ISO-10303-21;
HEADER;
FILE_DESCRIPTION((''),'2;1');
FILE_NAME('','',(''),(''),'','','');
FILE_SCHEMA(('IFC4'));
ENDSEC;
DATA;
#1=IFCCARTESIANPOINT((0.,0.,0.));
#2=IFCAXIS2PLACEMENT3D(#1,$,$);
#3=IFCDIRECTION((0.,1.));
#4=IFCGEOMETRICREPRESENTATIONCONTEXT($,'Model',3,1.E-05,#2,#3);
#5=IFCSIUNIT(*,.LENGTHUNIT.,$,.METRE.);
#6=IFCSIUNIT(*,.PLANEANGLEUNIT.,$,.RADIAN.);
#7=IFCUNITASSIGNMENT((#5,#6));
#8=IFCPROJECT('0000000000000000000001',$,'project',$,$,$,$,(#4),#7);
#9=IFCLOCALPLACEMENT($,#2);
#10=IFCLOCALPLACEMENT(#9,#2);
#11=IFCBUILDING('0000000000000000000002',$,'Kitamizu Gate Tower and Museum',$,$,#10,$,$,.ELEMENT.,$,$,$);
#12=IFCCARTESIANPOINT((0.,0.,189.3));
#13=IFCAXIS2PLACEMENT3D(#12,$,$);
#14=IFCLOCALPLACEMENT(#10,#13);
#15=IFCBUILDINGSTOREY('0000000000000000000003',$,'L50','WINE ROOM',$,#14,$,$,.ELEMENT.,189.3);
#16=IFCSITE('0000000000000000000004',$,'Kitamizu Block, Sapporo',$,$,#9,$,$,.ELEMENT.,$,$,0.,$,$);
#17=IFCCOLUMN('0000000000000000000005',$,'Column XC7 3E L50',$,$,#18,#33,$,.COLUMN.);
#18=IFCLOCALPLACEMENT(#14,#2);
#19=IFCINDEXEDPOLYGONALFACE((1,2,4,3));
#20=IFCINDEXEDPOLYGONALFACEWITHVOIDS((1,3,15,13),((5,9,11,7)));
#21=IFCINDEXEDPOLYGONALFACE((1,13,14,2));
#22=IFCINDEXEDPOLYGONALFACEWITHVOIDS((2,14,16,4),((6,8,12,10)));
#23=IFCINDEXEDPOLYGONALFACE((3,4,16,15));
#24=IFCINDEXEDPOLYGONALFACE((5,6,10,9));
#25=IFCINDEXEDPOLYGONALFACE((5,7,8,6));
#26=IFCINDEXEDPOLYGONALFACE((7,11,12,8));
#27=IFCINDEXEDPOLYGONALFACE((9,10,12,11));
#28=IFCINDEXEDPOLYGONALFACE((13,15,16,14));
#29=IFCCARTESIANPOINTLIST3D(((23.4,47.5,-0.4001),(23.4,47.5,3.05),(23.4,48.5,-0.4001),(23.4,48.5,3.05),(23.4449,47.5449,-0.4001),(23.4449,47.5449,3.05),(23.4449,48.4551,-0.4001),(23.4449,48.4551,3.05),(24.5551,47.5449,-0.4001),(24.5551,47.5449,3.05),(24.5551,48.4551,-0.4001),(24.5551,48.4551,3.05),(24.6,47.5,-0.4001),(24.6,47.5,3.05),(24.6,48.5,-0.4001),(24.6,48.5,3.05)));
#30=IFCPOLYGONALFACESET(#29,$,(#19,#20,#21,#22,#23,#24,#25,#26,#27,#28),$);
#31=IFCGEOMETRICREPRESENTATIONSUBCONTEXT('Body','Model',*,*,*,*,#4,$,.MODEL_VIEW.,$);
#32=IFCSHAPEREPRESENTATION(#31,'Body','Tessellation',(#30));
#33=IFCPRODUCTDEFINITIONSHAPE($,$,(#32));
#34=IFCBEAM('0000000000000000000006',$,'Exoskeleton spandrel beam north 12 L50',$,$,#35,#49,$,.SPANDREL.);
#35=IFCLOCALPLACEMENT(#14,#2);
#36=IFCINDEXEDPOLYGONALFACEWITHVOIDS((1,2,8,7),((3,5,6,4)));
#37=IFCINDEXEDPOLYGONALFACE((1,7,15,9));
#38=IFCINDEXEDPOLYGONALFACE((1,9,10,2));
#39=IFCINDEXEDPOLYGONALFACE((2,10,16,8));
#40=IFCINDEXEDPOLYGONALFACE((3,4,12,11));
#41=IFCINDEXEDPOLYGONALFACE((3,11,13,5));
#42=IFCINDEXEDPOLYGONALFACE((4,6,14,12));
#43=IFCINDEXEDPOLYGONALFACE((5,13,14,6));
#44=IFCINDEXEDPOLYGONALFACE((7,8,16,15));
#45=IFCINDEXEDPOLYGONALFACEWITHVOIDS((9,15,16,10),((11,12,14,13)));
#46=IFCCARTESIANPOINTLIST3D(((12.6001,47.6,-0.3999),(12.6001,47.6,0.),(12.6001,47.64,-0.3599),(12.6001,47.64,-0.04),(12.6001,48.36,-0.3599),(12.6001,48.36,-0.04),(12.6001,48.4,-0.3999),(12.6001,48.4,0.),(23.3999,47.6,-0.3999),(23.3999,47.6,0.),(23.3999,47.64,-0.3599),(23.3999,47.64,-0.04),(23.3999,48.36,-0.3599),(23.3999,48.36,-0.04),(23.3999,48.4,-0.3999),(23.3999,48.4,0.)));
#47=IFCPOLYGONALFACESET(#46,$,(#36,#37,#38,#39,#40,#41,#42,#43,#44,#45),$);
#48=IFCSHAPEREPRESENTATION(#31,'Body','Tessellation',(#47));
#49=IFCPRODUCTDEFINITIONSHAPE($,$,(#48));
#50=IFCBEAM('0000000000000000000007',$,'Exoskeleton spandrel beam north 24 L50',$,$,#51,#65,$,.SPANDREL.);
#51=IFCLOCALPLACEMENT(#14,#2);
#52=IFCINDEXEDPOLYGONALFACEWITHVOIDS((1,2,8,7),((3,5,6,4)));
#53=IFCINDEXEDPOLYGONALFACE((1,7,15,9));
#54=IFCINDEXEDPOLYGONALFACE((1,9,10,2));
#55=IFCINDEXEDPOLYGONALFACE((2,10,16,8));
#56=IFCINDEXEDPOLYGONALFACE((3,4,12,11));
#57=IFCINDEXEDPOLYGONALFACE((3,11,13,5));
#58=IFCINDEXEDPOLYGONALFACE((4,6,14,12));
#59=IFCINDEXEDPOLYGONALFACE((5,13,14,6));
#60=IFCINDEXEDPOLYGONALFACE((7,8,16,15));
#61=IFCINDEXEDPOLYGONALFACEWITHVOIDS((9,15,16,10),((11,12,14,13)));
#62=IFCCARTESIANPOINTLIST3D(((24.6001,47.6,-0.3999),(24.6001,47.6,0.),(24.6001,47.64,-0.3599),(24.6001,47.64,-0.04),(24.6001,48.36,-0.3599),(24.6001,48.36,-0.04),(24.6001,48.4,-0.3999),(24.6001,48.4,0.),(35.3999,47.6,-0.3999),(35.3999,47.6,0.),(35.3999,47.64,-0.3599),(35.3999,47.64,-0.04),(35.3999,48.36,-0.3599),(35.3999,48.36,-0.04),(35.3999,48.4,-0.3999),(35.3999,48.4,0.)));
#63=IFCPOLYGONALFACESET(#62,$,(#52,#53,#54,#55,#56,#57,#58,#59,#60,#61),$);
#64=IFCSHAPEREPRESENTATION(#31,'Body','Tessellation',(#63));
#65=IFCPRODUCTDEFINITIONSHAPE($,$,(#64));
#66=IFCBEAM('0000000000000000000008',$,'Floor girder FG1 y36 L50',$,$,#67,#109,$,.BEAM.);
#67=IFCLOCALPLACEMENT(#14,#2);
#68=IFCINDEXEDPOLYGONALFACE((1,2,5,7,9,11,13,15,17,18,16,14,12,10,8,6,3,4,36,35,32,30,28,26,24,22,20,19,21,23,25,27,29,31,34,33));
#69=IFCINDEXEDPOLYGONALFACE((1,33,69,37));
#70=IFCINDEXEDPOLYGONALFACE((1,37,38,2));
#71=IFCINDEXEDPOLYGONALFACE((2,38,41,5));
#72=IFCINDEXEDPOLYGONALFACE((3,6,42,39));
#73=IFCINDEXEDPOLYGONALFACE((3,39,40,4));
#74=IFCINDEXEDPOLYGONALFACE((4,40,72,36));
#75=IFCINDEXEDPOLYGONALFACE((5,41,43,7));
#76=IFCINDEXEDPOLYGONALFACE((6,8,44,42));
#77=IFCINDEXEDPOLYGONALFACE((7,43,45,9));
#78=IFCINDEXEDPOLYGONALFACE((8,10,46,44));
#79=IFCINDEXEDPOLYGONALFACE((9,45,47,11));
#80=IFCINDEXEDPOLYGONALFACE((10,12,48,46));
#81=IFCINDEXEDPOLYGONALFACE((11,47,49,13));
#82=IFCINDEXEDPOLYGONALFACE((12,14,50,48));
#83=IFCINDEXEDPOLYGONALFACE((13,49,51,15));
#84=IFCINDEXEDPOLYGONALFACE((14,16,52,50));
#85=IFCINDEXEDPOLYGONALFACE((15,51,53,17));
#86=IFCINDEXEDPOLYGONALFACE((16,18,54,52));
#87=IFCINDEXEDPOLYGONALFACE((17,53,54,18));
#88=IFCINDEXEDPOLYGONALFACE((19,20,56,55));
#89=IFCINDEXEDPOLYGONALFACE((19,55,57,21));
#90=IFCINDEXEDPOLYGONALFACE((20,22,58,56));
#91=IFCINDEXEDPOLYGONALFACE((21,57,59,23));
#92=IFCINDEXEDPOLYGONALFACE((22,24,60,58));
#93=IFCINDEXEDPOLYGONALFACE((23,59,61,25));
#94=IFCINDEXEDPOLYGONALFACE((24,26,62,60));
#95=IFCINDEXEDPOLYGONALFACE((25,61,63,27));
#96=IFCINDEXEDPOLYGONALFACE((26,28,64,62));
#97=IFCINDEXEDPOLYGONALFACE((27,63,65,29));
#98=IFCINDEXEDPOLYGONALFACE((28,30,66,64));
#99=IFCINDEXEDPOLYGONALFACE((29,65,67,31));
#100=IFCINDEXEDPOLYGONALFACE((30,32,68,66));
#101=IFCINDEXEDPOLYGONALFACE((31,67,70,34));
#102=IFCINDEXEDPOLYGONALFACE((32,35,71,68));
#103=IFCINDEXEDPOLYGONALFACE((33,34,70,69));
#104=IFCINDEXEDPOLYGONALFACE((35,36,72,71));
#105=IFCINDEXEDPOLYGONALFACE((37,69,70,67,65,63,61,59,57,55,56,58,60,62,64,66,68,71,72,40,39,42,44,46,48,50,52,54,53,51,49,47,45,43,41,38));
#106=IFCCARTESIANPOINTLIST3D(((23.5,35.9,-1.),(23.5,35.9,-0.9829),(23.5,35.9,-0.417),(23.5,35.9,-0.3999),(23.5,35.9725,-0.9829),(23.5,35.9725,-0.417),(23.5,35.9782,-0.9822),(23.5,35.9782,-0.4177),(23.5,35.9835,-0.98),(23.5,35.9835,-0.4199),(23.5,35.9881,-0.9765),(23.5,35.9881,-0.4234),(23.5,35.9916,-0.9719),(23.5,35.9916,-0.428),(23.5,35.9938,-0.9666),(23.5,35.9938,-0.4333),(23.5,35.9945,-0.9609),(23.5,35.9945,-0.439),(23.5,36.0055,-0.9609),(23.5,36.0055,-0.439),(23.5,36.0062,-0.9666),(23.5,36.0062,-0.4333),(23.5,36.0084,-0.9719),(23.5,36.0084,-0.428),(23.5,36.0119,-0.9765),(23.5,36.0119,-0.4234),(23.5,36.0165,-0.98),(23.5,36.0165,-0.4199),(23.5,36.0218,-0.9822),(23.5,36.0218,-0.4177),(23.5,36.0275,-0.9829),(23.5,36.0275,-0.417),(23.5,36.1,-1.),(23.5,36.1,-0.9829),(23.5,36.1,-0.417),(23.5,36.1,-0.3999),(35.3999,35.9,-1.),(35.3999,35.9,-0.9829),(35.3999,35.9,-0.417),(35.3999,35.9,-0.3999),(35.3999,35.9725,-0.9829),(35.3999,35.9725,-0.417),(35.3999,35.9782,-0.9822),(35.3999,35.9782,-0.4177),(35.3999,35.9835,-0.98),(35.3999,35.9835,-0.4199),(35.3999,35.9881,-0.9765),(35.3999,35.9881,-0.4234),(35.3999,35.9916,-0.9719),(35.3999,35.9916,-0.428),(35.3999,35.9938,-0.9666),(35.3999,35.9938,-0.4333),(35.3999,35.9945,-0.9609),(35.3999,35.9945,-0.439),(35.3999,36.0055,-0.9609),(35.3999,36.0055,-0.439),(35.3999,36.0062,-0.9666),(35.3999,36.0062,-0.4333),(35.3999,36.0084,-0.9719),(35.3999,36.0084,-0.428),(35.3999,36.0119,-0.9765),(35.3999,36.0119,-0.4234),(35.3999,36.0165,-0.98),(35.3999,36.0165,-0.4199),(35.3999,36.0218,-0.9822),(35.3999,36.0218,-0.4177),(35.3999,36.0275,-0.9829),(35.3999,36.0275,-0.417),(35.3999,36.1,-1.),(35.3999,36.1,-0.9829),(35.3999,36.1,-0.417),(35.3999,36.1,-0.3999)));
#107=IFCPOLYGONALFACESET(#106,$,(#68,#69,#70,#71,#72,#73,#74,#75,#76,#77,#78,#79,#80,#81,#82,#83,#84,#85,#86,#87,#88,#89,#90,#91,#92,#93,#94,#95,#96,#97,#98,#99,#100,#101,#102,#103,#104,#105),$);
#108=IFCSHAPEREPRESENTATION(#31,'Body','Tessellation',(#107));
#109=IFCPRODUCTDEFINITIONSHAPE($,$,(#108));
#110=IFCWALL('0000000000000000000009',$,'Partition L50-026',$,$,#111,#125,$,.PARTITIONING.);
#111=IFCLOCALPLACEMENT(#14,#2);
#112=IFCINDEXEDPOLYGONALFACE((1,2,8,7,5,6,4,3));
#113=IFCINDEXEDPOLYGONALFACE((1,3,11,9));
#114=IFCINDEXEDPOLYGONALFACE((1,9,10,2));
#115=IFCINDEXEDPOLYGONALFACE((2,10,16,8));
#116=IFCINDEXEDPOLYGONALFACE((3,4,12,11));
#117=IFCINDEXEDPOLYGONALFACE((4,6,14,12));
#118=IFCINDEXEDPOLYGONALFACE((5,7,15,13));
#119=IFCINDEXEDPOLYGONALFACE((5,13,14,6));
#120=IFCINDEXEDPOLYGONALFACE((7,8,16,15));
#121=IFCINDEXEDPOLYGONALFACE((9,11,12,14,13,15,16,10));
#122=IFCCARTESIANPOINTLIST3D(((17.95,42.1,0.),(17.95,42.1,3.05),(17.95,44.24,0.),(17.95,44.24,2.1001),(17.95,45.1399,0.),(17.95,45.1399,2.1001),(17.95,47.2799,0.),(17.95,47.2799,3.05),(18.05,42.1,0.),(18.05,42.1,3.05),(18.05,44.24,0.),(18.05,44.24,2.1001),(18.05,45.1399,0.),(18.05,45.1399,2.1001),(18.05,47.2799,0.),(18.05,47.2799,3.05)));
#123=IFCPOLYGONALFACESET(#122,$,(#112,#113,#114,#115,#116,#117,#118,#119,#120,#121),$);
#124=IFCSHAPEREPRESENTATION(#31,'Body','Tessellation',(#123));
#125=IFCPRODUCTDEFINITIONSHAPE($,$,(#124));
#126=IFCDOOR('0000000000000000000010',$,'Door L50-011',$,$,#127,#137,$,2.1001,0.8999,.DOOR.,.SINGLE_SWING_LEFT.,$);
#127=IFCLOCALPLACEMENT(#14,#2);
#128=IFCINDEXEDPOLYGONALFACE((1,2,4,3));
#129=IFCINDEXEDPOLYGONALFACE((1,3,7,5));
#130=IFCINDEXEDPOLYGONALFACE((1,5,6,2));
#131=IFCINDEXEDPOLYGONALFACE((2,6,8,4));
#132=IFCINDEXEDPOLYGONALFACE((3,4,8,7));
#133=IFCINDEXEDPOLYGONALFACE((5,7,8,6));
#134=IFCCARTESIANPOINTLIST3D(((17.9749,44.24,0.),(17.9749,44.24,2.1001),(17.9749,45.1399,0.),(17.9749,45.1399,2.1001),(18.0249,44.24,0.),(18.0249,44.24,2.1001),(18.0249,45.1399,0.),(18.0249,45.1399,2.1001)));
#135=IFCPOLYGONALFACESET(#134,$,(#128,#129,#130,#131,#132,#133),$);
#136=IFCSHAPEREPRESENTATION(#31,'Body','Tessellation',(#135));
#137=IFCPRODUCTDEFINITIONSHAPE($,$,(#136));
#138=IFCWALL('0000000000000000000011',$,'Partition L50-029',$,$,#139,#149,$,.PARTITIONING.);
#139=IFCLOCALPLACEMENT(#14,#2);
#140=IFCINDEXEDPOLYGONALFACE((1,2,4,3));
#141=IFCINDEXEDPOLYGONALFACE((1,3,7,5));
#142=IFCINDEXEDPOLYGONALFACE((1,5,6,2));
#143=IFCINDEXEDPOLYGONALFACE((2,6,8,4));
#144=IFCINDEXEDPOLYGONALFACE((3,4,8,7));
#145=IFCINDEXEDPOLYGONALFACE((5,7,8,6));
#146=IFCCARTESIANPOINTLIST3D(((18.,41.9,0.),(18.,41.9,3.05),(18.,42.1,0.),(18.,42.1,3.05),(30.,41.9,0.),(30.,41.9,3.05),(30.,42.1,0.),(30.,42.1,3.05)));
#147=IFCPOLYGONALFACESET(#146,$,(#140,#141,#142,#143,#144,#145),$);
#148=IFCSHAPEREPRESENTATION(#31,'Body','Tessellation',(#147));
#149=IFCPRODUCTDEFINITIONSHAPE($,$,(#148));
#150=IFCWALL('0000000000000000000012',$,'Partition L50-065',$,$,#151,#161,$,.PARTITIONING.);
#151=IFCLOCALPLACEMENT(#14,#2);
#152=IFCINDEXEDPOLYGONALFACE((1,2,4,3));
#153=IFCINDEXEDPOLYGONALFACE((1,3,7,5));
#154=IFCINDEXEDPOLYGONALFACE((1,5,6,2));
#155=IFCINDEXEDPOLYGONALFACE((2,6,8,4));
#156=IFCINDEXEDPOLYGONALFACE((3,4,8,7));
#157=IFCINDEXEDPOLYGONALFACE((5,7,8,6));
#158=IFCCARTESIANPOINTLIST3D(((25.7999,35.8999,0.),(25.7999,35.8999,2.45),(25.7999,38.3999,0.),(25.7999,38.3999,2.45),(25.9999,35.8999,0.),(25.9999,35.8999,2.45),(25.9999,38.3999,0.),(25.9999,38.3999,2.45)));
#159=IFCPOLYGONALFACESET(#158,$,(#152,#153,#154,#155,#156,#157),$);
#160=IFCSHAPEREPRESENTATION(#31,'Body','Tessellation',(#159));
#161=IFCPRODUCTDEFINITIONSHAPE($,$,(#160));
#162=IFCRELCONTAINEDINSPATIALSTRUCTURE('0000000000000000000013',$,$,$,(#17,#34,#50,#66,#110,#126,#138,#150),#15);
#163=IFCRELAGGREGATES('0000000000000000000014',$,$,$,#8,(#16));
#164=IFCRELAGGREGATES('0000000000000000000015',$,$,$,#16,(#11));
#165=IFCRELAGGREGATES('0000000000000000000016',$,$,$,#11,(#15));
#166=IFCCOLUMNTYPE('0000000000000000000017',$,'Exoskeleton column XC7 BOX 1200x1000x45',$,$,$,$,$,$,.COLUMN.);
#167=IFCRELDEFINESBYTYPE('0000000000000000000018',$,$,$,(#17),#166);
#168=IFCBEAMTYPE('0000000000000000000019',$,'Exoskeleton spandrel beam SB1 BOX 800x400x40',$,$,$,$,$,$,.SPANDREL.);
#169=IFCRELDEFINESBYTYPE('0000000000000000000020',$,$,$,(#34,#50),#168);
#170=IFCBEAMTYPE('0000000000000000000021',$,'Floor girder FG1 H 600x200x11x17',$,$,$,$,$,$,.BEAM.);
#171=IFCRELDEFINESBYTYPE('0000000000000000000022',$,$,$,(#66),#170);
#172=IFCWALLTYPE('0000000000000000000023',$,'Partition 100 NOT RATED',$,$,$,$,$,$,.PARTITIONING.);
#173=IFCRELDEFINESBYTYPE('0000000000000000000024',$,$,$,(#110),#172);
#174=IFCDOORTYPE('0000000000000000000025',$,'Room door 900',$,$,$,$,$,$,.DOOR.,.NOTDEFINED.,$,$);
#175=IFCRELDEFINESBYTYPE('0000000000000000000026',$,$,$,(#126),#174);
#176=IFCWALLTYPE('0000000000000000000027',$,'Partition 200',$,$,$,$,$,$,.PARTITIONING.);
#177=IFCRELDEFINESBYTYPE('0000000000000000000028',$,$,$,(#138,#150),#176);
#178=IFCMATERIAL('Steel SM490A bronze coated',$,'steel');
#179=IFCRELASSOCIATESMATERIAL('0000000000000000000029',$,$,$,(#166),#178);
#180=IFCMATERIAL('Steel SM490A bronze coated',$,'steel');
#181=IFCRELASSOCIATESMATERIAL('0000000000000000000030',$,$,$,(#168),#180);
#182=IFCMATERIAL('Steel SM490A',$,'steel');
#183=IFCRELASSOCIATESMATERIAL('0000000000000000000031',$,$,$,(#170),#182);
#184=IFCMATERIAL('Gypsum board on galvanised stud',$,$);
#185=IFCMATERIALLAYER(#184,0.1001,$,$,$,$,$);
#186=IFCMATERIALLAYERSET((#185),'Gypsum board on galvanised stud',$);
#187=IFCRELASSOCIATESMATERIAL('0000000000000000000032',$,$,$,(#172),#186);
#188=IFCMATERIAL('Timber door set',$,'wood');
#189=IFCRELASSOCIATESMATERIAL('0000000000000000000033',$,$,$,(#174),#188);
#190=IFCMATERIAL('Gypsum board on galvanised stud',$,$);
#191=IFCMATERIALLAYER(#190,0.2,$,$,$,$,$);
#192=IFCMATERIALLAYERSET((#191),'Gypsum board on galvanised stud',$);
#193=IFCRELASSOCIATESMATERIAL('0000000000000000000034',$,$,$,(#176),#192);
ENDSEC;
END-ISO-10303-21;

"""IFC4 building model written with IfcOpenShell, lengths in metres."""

from ifc_helpers import new_model, si_unit, direction, frame, frame_2d, origin, origin_2d, place, context, subcontext, project, spatial, rectangle, hollow_rectangle, i_section, extrude, material, layer, layer_set, material_profile, profile_set, type_object, element, fill, save


model = new_model("IFC4")

# Units and contexts
model_context = context("Model", 3, precision=1e-05, world=origin(), true_north=direction((0.0, 1.0)))
body_context = subcontext(model_context, "Body", "Model", "MODEL_VIEW")
ifc_project = project(units=[si_unit("LENGTHUNIT", "METRE"), si_unit("PLANEANGLEUNIT", "RADIAN")], contexts=[model_context])

# Site, building, storey
site_placement = place(None, origin())
site = spatial("IfcSite", under=ifc_project, at=site_placement, Name="Kitamizu Block, Sapporo", CompositionType="ELEMENT", RefElevation=0.0)
building_placement = place(site_placement, origin())
building = spatial("IfcBuilding", under=site, at=building_placement, Name="Kitamizu Gate Tower and Museum", CompositionType="ELEMENT")
storey_placement = place(building_placement, frame((0.0, 0.0, 189.3)))
storey = spatial("IfcBuildingStorey", under=building, at=storey_placement, Name="L50", Description="WINE ROOM", CompositionType="ELEMENT", Elevation=189.3)

# Column
ifc_material_1 = material(Name="Steel SM490A bronze coated", Category="steel")
ifc_material_profile_1 = material_profile(ifc_material_1, hollow_rectangle(XDim=1.2, YDim=1.0, WallThickness=0.0449, at=origin_2d()), Name="BOX 1200x1000x45")
ifc_profile_set_1 = profile_set([ifc_material_profile_1], Name="Steel SM490A bronze coated")
column_type = type_object("IfcColumnType", Name="Exoskeleton column XC7 BOX 1200x1000x45", PredefinedType="COLUMN", material=ifc_profile_set_1)
column_placement = place(storey_placement, frame((24.0, 48.0, -0.4001), z_axis=(0.0, 0.0, 1.0), x_axis=(1.0, 0.0, 0.0)))
element("IfcColumn", 1, at=column_placement, inside=storey, type_object=column_type, Name="Column XC7 3E L50", PredefinedType="COLUMN", context=body_context, shape_type="SweptSolid", body=[
    extrude(hollow_rectangle(XDim=1.2, YDim=1.0, WallThickness=0.0449, at=origin_2d()), origin(), (0.0, 0.0, 1.0), 3.4502),
])

# Beams
ifc_material_2 = material(Name="Steel SM490A bronze coated", Category="steel")
ifc_material_profile_2 = material_profile(ifc_material_2, hollow_rectangle(XDim=0.8, YDim=0.3999, WallThickness=0.04, at=origin_2d()), Name="BOX 800x400x40")
ifc_profile_set_2 = profile_set([ifc_material_profile_2], Name="Steel SM490A bronze coated")
beam_type_1 = type_object("IfcBeamType", Name="Exoskeleton spandrel beam SB1 BOX 800x400x40", PredefinedType="SPANDREL", material=ifc_profile_set_2)
for number, where, z_axis, x_axis, name in (
    (2, (12.6001, 48.0, -0.2), (1.0, 0.0, 0.0), (0.0, 1.0, 0.0), "Exoskeleton spandrel beam north 12 L50"),
    (3, (24.6001, 48.0, -0.2), (1.0, 0.0, 0.0), (0.0, 1.0, 0.0), "Exoskeleton spandrel beam north 24 L50"),
):
    element("IfcBeam", number, at=place(storey_placement, frame(where, z_axis=z_axis, x_axis=x_axis)), inside=storey, type_object=beam_type_1, Name=name, PredefinedType="SPANDREL", context=body_context, shape_type="SweptSolid", body=[
        extrude(hollow_rectangle(XDim=0.8, YDim=0.3999, WallThickness=0.04, at=origin_2d()), origin(), (0.0, 0.0, 1.0), 10.7998),
    ])
ifc_material_3 = material(Name="Steel SM490A", Category="steel")
ifc_material_profile_3 = material_profile(ifc_material_3, i_section(OverallWidth=0.2, OverallDepth=0.6001, WebThickness=0.011, FlangeThickness=0.0171, FilletRadius=0.022, at=origin_2d()), Name="H-600x200x11x17")
ifc_profile_set_3 = profile_set([ifc_material_profile_3], Name="Steel SM490A")
beam_type_2 = type_object("IfcBeamType", Name="Floor girder FG1 H 600x200x11x17", PredefinedType="BEAM", material=ifc_profile_set_3)
beam_placement = place(storey_placement, frame((23.5, 36.0, -0.7), z_axis=(1.0, 0.0, 0.0), x_axis=(0.0, 1.0, 0.0)))
element("IfcBeam", 4, at=beam_placement, inside=storey, type_object=beam_type_2, Name="Floor girder FG1 y36 L50", PredefinedType="BEAM", context=body_context, shape_type="SweptSolid", body=[
    extrude(i_section(OverallWidth=0.2, OverallDepth=0.6001, WebThickness=0.011, FlangeThickness=0.0171, FilletRadius=0.022, at=origin_2d()), origin(), (0.0, 0.0, 1.0), 11.8999),
])

# Wall, opening, door
ifc_material_4 = material(Name="Gypsum board on galvanised stud")
ifc_layer_1 = layer(ifc_material_4, 0.1001)
ifc_layer_set_1 = layer_set([ifc_layer_1], Name="Gypsum board on galvanised stud")
wall_type_1 = type_object("IfcWallType", Name="Partition 100 NOT RATED", PredefinedType="PARTITIONING", material=ifc_layer_set_1)
wall_1_placement = place(storey_placement, frame((18.0, 42.1001, 0.0), z_axis=(0.0, 0.0, 1.0), x_axis=(0.0, 1.0, 0.0)))
wall_1 = element("IfcWall", 5, at=wall_1_placement, inside=storey, type_object=wall_type_1, Name="Partition L50-026", PredefinedType="PARTITIONING", context=body_context, shape_type="SweptSolid", body=[
    extrude(rectangle(XDim=5.1799, YDim=0.1001, at=frame_2d((2.5898, 0.0))), origin(), (0.0, 0.0, 1.0), 3.05),
])
opening_1_placement = place(wall_1_placement, frame((2.1399, 0.0, 0.0)))
opening_1 = element("IfcOpeningElement", 6, at=opening_1_placement, cuts=wall_1, PredefinedType="OPENING", context=body_context, shape_type="SweptSolid", body=[
    extrude(rectangle(XDim=0.8999, YDim=2.1001, at=frame_2d((0.45, 1.05))), frame((0.0, 0.0601, 0.0), z_axis=(0.0, -1.0, 0.0), x_axis=(1.0, 0.0, 0.0)), (0.0, 0.0, 1.0), 0.1201),
])
ifc_material_5 = material(Name="Timber door set", Category="wood")
door_type_1 = type_object("IfcDoorType", Name="Room door 900", OperationType="NOTDEFINED", PredefinedType="DOOR", material=ifc_material_5)
door_1_placement = place(opening_1_placement, frame((0.8999, 0.0, 0.0), x_axis=(-1.0, 0.0, 0.0)))
door_1 = element("IfcDoor", 7, at=door_1_placement, inside=storey, type_object=door_type_1, Name="Door L50-011", OperationType="SINGLE_SWING_LEFT", OverallHeight=2.1001, OverallWidth=0.8999, PredefinedType="DOOR", context=body_context, shape_type="SweptSolid", body=[
    extrude(rectangle(XDim=0.8999, YDim=2.1001, at=frame_2d((0.45, 1.05))), frame((0.0, 0.0249, 0.0), z_axis=(0.0, -1.0, 0.0), x_axis=(1.0, 0.0, 0.0)), (0.0, 0.0, 1.0), 0.05),
])
fill(opening_1, door_1)

# Walls
ifc_material_6 = material(Name="Gypsum board on galvanised stud")
ifc_layer_2 = layer(ifc_material_6, 0.2)
ifc_layer_set_2 = layer_set([ifc_layer_2], Name="Gypsum board on galvanised stud")
wall_type_2 = type_object("IfcWallType", Name="Partition 200", PredefinedType="PARTITIONING", material=ifc_layer_set_2)
wall_2_placement = place(storey_placement, frame((18.0, 42.0, 0.0), z_axis=(0.0, 0.0, 1.0), x_axis=(1.0, 0.0, 0.0)))
element("IfcWall", 8, at=wall_2_placement, inside=storey, type_object=wall_type_2, Name="Partition L50-029", PredefinedType="PARTITIONING", context=body_context, shape_type="SweptSolid", body=[
    extrude(rectangle(XDim=12.0, YDim=0.2, at=frame_2d((6.0, 0.0))), origin(), (0.0, 0.0, 1.0), 3.05),
])
wall_3_placement = place(storey_placement, frame((25.8999, 38.3999, 0.0), z_axis=(0.0, 0.0, 1.0), x_axis=(0.0, -1.0, 0.0)))
element("IfcWall", 9, at=wall_3_placement, inside=storey, type_object=wall_type_2, Name="Partition L50-065", PredefinedType="PARTITIONING", context=body_context, shape_type="SweptSolid", body=[
    extrude(rectangle(XDim=2.5, YDim=0.2, at=frame_2d((1.25, 0.0))), origin(), (0.0, 0.0, 1.0), 2.45),
])

save(model, "model.ifc")
